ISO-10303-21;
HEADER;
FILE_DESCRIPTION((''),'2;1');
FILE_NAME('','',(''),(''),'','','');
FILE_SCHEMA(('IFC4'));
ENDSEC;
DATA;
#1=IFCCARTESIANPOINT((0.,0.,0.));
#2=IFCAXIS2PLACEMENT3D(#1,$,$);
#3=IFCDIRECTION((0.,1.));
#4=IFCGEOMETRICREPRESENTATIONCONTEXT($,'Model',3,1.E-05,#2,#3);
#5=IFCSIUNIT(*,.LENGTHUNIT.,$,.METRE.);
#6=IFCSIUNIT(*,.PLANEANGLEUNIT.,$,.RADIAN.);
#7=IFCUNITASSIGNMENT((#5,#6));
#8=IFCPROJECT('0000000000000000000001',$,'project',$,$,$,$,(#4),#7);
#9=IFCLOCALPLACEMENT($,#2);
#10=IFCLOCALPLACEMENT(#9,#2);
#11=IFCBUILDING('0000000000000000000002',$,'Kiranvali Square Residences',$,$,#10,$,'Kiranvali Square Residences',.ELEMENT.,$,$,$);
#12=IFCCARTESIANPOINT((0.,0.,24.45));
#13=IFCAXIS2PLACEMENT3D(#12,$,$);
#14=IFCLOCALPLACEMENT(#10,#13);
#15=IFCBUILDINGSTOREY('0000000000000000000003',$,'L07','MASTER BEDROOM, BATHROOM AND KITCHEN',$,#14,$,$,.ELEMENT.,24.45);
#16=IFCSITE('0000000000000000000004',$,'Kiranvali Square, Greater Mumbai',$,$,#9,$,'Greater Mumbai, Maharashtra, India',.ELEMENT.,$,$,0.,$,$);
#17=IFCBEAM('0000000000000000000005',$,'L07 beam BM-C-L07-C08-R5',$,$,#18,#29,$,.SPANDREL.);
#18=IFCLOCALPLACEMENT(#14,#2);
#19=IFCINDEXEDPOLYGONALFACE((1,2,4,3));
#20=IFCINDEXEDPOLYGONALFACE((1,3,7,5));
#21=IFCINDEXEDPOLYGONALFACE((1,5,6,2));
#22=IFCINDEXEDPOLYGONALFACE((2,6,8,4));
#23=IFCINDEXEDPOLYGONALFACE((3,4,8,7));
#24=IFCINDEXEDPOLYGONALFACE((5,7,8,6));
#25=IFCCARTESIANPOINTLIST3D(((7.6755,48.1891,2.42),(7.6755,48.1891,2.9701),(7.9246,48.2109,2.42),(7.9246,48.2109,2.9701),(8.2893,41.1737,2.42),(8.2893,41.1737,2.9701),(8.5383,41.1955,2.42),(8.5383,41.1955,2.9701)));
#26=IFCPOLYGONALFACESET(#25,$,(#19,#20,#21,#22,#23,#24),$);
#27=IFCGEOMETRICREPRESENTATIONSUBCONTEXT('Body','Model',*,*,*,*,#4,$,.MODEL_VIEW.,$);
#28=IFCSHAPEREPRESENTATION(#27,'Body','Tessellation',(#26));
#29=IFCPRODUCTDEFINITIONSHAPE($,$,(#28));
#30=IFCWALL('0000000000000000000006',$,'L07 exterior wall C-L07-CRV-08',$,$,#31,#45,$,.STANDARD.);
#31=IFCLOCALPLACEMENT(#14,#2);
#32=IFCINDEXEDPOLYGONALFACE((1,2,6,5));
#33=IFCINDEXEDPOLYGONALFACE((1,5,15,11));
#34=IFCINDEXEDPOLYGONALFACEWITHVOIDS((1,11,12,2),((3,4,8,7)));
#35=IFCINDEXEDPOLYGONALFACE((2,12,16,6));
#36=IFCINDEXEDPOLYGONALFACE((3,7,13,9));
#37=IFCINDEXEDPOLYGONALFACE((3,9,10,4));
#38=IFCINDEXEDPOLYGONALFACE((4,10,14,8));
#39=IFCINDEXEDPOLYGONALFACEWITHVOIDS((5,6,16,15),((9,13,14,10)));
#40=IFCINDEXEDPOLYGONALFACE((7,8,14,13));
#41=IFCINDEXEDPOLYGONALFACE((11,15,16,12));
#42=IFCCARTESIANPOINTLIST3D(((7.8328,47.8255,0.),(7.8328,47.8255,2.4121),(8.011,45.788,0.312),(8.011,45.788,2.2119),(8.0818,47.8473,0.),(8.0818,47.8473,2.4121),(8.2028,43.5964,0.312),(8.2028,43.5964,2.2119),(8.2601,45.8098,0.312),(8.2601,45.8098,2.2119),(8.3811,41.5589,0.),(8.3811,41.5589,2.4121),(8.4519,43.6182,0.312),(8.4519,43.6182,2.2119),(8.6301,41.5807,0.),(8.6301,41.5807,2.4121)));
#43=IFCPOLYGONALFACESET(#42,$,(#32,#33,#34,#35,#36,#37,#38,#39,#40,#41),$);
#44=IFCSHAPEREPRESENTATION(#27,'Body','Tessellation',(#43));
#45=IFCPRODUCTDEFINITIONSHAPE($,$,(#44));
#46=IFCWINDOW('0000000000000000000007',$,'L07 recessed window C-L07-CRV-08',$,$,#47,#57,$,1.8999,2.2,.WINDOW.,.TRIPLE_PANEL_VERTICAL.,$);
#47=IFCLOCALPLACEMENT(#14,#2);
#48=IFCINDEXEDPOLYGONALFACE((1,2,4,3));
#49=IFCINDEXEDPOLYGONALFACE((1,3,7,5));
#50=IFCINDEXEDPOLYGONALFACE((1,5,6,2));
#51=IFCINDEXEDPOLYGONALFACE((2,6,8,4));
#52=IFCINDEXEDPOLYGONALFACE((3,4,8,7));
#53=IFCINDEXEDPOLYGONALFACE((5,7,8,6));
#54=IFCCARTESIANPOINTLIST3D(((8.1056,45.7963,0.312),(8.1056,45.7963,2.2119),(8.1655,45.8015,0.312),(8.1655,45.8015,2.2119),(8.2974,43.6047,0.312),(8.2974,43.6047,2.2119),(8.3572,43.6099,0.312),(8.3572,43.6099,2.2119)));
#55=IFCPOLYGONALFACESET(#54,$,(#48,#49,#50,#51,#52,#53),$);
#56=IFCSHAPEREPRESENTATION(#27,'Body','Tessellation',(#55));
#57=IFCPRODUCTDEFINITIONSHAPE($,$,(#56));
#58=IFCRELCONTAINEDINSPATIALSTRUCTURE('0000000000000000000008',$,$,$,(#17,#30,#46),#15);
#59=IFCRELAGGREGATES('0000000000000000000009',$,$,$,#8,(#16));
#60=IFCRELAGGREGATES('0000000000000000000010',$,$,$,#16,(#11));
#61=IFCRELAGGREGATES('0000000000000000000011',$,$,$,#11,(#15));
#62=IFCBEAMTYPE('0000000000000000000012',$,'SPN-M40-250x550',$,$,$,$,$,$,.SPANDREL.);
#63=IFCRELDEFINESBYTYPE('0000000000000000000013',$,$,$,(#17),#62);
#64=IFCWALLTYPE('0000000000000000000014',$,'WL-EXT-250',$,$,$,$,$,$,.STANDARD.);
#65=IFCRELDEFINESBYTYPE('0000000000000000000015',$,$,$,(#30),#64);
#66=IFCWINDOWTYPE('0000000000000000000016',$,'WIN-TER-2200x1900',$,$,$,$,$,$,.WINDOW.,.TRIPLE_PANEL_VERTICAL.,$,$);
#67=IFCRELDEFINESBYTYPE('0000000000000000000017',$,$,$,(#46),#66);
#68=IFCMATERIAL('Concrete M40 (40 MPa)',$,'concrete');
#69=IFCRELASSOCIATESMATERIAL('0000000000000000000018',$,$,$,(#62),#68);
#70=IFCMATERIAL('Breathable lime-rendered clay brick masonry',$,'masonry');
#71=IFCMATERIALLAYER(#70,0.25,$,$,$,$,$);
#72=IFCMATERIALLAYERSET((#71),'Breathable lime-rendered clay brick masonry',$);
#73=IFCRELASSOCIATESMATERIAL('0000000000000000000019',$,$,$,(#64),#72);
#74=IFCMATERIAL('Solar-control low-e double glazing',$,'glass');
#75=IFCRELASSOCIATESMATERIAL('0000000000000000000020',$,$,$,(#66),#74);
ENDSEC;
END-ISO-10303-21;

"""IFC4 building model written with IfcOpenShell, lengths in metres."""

from ifc_helpers import new_model, si_unit, direction, frame, frame_2d, origin, origin_2d, place, context, subcontext, project, spatial, rectangle, extrude, material, layer, layer_set, material_profile, profile_set, type_object, element, fill, save


model = new_model("IFC4")

# Units and contexts
model_context = context("Model", 3, precision=1e-05, world=origin(), true_north=direction((0.0, 1.0)))
body_context = subcontext(model_context, "Body", "Model", "MODEL_VIEW")
ifc_project = project(units=[si_unit("LENGTHUNIT", "METRE"), si_unit("PLANEANGLEUNIT", "RADIAN")], contexts=[model_context])

# Site, building, storey
site_placement = place(None, origin())
site = spatial("IfcSite", under=ifc_project, at=site_placement, Name="Kiranvali Square, Greater Mumbai", LongName="Greater Mumbai, Maharashtra, India", CompositionType="ELEMENT", RefElevation=0.0)
building_placement = place(site_placement, origin())
building = spatial("IfcBuilding", under=site, at=building_placement, Name="Kiranvali Square Residences", LongName="Kiranvali Square Residences", CompositionType="ELEMENT")
storey_placement = place(building_placement, frame((0.0, 0.0, 24.45)))
storey = spatial("IfcBuildingStorey", under=building, at=storey_placement, Name="L07", Description="MASTER BEDROOM, BATHROOM AND KITCHEN", CompositionType="ELEMENT", Elevation=24.45)

# Beam
ifc_material_1 = material(Name="Concrete M40 (40 MPa)", Category="concrete")
ifc_material_profile_1 = material_profile(ifc_material_1, rectangle(XDim=0.25, YDim=0.55, at=origin_2d()), Name="RC 250x550")
ifc_profile_set_1 = profile_set([ifc_material_profile_1], Name="Concrete M40 (40 MPa)")
beam_type_1 = type_object("IfcBeamType", Name="SPN-M40-250x550", PredefinedType="SPANDREL", material=ifc_profile_set_1)
for number, where, z_axis, x_axis, name in (
    (1, (8.4138, 41.1846, 2.6951), (-0.087156, 0.996195, 0.0), (-0.996195, -0.087156, 0.0), "L07 beam BM-C-L07-C08-R5"),
):
    element("IfcBeam", number, at=place(storey_placement, frame(where, z_axis=z_axis, x_axis=x_axis)), inside=storey, type_object=beam_type_1, Name=name, PredefinedType="SPANDREL", context=body_context, shape_type="SweptSolid", body=[
        extrude(rectangle(XDim=0.25, YDim=0.55, at=origin_2d()), origin(), (0.0, 0.0, 1.0), 7.0422),
    ])

# Shared definitions
ifc_material_2 = material(Name="Breathable lime-rendered clay brick masonry", Category="masonry")
ifc_layer = layer(ifc_material_2, 0.25)
ifc_layer_set = layer_set([ifc_layer], Name="Breathable lime-rendered clay brick masonry")
wall_type = type_object("IfcWallType", Name="WL-EXT-250", PredefinedType="STANDARD", material=ifc_layer_set)
ifc_material_3 = material(Name="Solar-control low-e double glazing", Category="glass")

# Wall, opening, window
wall_1_placement = place(storey_placement, frame((8.5056, 41.5698, 0.0), z_axis=(0.0, 0.0, 1.0), x_axis=(-0.087169, 0.996194, 0.0)))
wall_1 = element("IfcWall", 2, at=wall_1_placement, inside=storey, type_object=wall_type, Name="L07 exterior wall C-L07-CRV-08", PredefinedType="STANDARD", context=body_context, shape_type="SweptSolid", body=[
    extrude(rectangle(XDim=6.2905, YDim=0.25, at=frame_2d((3.1453, 0.0))), origin(), (0.0, 0.0, 1.0), 2.4121),
])
opening_1_placement = place(wall_1_placement, frame((2.0452, 0.0, 0.312)))
opening_1 = element("IfcOpeningElement", 3, at=opening_1_placement, cuts=wall_1, PredefinedType="OPENING", context=body_context, shape_type="SweptSolid", body=[
    extrude(rectangle(XDim=2.2, YDim=1.8999, at=frame_2d((1.1001, 0.95))), frame((0.0, 0.135, 0.0), z_axis=(0.0, -1.0, 0.0), x_axis=(1.0, 0.0, 0.0)), (0.0, 0.0, 1.0), 0.27),
])
window_type_1 = type_object("IfcWindowType", Name="WIN-TER-2200x1900", PartitioningType="TRIPLE_PANEL_VERTICAL", PredefinedType="WINDOW", material=ifc_material_3)
window_1_placement = place(opening_1_placement, origin())
window_1 = element("IfcWindow", 4, at=window_1_placement, inside=storey, type_object=window_type_1, Name="L07 recessed window C-L07-CRV-08", OverallHeight=1.8999, OverallWidth=2.2, PartitioningType="TRIPLE_PANEL_VERTICAL", PredefinedType="WINDOW", context=body_context, shape_type="SweptSolid", body=[
    extrude(rectangle(XDim=2.2, YDim=1.8999, at=frame_2d((1.1001, 0.95))), frame((0.0, 0.03, 0.0), z_axis=(0.0, -1.0, 0.0), x_axis=(1.0, 0.0, 0.0)), (0.0, 0.0, 1.0), 0.0601),
])
fill(opening_1, window_1)

save(model, "model.ifc")
